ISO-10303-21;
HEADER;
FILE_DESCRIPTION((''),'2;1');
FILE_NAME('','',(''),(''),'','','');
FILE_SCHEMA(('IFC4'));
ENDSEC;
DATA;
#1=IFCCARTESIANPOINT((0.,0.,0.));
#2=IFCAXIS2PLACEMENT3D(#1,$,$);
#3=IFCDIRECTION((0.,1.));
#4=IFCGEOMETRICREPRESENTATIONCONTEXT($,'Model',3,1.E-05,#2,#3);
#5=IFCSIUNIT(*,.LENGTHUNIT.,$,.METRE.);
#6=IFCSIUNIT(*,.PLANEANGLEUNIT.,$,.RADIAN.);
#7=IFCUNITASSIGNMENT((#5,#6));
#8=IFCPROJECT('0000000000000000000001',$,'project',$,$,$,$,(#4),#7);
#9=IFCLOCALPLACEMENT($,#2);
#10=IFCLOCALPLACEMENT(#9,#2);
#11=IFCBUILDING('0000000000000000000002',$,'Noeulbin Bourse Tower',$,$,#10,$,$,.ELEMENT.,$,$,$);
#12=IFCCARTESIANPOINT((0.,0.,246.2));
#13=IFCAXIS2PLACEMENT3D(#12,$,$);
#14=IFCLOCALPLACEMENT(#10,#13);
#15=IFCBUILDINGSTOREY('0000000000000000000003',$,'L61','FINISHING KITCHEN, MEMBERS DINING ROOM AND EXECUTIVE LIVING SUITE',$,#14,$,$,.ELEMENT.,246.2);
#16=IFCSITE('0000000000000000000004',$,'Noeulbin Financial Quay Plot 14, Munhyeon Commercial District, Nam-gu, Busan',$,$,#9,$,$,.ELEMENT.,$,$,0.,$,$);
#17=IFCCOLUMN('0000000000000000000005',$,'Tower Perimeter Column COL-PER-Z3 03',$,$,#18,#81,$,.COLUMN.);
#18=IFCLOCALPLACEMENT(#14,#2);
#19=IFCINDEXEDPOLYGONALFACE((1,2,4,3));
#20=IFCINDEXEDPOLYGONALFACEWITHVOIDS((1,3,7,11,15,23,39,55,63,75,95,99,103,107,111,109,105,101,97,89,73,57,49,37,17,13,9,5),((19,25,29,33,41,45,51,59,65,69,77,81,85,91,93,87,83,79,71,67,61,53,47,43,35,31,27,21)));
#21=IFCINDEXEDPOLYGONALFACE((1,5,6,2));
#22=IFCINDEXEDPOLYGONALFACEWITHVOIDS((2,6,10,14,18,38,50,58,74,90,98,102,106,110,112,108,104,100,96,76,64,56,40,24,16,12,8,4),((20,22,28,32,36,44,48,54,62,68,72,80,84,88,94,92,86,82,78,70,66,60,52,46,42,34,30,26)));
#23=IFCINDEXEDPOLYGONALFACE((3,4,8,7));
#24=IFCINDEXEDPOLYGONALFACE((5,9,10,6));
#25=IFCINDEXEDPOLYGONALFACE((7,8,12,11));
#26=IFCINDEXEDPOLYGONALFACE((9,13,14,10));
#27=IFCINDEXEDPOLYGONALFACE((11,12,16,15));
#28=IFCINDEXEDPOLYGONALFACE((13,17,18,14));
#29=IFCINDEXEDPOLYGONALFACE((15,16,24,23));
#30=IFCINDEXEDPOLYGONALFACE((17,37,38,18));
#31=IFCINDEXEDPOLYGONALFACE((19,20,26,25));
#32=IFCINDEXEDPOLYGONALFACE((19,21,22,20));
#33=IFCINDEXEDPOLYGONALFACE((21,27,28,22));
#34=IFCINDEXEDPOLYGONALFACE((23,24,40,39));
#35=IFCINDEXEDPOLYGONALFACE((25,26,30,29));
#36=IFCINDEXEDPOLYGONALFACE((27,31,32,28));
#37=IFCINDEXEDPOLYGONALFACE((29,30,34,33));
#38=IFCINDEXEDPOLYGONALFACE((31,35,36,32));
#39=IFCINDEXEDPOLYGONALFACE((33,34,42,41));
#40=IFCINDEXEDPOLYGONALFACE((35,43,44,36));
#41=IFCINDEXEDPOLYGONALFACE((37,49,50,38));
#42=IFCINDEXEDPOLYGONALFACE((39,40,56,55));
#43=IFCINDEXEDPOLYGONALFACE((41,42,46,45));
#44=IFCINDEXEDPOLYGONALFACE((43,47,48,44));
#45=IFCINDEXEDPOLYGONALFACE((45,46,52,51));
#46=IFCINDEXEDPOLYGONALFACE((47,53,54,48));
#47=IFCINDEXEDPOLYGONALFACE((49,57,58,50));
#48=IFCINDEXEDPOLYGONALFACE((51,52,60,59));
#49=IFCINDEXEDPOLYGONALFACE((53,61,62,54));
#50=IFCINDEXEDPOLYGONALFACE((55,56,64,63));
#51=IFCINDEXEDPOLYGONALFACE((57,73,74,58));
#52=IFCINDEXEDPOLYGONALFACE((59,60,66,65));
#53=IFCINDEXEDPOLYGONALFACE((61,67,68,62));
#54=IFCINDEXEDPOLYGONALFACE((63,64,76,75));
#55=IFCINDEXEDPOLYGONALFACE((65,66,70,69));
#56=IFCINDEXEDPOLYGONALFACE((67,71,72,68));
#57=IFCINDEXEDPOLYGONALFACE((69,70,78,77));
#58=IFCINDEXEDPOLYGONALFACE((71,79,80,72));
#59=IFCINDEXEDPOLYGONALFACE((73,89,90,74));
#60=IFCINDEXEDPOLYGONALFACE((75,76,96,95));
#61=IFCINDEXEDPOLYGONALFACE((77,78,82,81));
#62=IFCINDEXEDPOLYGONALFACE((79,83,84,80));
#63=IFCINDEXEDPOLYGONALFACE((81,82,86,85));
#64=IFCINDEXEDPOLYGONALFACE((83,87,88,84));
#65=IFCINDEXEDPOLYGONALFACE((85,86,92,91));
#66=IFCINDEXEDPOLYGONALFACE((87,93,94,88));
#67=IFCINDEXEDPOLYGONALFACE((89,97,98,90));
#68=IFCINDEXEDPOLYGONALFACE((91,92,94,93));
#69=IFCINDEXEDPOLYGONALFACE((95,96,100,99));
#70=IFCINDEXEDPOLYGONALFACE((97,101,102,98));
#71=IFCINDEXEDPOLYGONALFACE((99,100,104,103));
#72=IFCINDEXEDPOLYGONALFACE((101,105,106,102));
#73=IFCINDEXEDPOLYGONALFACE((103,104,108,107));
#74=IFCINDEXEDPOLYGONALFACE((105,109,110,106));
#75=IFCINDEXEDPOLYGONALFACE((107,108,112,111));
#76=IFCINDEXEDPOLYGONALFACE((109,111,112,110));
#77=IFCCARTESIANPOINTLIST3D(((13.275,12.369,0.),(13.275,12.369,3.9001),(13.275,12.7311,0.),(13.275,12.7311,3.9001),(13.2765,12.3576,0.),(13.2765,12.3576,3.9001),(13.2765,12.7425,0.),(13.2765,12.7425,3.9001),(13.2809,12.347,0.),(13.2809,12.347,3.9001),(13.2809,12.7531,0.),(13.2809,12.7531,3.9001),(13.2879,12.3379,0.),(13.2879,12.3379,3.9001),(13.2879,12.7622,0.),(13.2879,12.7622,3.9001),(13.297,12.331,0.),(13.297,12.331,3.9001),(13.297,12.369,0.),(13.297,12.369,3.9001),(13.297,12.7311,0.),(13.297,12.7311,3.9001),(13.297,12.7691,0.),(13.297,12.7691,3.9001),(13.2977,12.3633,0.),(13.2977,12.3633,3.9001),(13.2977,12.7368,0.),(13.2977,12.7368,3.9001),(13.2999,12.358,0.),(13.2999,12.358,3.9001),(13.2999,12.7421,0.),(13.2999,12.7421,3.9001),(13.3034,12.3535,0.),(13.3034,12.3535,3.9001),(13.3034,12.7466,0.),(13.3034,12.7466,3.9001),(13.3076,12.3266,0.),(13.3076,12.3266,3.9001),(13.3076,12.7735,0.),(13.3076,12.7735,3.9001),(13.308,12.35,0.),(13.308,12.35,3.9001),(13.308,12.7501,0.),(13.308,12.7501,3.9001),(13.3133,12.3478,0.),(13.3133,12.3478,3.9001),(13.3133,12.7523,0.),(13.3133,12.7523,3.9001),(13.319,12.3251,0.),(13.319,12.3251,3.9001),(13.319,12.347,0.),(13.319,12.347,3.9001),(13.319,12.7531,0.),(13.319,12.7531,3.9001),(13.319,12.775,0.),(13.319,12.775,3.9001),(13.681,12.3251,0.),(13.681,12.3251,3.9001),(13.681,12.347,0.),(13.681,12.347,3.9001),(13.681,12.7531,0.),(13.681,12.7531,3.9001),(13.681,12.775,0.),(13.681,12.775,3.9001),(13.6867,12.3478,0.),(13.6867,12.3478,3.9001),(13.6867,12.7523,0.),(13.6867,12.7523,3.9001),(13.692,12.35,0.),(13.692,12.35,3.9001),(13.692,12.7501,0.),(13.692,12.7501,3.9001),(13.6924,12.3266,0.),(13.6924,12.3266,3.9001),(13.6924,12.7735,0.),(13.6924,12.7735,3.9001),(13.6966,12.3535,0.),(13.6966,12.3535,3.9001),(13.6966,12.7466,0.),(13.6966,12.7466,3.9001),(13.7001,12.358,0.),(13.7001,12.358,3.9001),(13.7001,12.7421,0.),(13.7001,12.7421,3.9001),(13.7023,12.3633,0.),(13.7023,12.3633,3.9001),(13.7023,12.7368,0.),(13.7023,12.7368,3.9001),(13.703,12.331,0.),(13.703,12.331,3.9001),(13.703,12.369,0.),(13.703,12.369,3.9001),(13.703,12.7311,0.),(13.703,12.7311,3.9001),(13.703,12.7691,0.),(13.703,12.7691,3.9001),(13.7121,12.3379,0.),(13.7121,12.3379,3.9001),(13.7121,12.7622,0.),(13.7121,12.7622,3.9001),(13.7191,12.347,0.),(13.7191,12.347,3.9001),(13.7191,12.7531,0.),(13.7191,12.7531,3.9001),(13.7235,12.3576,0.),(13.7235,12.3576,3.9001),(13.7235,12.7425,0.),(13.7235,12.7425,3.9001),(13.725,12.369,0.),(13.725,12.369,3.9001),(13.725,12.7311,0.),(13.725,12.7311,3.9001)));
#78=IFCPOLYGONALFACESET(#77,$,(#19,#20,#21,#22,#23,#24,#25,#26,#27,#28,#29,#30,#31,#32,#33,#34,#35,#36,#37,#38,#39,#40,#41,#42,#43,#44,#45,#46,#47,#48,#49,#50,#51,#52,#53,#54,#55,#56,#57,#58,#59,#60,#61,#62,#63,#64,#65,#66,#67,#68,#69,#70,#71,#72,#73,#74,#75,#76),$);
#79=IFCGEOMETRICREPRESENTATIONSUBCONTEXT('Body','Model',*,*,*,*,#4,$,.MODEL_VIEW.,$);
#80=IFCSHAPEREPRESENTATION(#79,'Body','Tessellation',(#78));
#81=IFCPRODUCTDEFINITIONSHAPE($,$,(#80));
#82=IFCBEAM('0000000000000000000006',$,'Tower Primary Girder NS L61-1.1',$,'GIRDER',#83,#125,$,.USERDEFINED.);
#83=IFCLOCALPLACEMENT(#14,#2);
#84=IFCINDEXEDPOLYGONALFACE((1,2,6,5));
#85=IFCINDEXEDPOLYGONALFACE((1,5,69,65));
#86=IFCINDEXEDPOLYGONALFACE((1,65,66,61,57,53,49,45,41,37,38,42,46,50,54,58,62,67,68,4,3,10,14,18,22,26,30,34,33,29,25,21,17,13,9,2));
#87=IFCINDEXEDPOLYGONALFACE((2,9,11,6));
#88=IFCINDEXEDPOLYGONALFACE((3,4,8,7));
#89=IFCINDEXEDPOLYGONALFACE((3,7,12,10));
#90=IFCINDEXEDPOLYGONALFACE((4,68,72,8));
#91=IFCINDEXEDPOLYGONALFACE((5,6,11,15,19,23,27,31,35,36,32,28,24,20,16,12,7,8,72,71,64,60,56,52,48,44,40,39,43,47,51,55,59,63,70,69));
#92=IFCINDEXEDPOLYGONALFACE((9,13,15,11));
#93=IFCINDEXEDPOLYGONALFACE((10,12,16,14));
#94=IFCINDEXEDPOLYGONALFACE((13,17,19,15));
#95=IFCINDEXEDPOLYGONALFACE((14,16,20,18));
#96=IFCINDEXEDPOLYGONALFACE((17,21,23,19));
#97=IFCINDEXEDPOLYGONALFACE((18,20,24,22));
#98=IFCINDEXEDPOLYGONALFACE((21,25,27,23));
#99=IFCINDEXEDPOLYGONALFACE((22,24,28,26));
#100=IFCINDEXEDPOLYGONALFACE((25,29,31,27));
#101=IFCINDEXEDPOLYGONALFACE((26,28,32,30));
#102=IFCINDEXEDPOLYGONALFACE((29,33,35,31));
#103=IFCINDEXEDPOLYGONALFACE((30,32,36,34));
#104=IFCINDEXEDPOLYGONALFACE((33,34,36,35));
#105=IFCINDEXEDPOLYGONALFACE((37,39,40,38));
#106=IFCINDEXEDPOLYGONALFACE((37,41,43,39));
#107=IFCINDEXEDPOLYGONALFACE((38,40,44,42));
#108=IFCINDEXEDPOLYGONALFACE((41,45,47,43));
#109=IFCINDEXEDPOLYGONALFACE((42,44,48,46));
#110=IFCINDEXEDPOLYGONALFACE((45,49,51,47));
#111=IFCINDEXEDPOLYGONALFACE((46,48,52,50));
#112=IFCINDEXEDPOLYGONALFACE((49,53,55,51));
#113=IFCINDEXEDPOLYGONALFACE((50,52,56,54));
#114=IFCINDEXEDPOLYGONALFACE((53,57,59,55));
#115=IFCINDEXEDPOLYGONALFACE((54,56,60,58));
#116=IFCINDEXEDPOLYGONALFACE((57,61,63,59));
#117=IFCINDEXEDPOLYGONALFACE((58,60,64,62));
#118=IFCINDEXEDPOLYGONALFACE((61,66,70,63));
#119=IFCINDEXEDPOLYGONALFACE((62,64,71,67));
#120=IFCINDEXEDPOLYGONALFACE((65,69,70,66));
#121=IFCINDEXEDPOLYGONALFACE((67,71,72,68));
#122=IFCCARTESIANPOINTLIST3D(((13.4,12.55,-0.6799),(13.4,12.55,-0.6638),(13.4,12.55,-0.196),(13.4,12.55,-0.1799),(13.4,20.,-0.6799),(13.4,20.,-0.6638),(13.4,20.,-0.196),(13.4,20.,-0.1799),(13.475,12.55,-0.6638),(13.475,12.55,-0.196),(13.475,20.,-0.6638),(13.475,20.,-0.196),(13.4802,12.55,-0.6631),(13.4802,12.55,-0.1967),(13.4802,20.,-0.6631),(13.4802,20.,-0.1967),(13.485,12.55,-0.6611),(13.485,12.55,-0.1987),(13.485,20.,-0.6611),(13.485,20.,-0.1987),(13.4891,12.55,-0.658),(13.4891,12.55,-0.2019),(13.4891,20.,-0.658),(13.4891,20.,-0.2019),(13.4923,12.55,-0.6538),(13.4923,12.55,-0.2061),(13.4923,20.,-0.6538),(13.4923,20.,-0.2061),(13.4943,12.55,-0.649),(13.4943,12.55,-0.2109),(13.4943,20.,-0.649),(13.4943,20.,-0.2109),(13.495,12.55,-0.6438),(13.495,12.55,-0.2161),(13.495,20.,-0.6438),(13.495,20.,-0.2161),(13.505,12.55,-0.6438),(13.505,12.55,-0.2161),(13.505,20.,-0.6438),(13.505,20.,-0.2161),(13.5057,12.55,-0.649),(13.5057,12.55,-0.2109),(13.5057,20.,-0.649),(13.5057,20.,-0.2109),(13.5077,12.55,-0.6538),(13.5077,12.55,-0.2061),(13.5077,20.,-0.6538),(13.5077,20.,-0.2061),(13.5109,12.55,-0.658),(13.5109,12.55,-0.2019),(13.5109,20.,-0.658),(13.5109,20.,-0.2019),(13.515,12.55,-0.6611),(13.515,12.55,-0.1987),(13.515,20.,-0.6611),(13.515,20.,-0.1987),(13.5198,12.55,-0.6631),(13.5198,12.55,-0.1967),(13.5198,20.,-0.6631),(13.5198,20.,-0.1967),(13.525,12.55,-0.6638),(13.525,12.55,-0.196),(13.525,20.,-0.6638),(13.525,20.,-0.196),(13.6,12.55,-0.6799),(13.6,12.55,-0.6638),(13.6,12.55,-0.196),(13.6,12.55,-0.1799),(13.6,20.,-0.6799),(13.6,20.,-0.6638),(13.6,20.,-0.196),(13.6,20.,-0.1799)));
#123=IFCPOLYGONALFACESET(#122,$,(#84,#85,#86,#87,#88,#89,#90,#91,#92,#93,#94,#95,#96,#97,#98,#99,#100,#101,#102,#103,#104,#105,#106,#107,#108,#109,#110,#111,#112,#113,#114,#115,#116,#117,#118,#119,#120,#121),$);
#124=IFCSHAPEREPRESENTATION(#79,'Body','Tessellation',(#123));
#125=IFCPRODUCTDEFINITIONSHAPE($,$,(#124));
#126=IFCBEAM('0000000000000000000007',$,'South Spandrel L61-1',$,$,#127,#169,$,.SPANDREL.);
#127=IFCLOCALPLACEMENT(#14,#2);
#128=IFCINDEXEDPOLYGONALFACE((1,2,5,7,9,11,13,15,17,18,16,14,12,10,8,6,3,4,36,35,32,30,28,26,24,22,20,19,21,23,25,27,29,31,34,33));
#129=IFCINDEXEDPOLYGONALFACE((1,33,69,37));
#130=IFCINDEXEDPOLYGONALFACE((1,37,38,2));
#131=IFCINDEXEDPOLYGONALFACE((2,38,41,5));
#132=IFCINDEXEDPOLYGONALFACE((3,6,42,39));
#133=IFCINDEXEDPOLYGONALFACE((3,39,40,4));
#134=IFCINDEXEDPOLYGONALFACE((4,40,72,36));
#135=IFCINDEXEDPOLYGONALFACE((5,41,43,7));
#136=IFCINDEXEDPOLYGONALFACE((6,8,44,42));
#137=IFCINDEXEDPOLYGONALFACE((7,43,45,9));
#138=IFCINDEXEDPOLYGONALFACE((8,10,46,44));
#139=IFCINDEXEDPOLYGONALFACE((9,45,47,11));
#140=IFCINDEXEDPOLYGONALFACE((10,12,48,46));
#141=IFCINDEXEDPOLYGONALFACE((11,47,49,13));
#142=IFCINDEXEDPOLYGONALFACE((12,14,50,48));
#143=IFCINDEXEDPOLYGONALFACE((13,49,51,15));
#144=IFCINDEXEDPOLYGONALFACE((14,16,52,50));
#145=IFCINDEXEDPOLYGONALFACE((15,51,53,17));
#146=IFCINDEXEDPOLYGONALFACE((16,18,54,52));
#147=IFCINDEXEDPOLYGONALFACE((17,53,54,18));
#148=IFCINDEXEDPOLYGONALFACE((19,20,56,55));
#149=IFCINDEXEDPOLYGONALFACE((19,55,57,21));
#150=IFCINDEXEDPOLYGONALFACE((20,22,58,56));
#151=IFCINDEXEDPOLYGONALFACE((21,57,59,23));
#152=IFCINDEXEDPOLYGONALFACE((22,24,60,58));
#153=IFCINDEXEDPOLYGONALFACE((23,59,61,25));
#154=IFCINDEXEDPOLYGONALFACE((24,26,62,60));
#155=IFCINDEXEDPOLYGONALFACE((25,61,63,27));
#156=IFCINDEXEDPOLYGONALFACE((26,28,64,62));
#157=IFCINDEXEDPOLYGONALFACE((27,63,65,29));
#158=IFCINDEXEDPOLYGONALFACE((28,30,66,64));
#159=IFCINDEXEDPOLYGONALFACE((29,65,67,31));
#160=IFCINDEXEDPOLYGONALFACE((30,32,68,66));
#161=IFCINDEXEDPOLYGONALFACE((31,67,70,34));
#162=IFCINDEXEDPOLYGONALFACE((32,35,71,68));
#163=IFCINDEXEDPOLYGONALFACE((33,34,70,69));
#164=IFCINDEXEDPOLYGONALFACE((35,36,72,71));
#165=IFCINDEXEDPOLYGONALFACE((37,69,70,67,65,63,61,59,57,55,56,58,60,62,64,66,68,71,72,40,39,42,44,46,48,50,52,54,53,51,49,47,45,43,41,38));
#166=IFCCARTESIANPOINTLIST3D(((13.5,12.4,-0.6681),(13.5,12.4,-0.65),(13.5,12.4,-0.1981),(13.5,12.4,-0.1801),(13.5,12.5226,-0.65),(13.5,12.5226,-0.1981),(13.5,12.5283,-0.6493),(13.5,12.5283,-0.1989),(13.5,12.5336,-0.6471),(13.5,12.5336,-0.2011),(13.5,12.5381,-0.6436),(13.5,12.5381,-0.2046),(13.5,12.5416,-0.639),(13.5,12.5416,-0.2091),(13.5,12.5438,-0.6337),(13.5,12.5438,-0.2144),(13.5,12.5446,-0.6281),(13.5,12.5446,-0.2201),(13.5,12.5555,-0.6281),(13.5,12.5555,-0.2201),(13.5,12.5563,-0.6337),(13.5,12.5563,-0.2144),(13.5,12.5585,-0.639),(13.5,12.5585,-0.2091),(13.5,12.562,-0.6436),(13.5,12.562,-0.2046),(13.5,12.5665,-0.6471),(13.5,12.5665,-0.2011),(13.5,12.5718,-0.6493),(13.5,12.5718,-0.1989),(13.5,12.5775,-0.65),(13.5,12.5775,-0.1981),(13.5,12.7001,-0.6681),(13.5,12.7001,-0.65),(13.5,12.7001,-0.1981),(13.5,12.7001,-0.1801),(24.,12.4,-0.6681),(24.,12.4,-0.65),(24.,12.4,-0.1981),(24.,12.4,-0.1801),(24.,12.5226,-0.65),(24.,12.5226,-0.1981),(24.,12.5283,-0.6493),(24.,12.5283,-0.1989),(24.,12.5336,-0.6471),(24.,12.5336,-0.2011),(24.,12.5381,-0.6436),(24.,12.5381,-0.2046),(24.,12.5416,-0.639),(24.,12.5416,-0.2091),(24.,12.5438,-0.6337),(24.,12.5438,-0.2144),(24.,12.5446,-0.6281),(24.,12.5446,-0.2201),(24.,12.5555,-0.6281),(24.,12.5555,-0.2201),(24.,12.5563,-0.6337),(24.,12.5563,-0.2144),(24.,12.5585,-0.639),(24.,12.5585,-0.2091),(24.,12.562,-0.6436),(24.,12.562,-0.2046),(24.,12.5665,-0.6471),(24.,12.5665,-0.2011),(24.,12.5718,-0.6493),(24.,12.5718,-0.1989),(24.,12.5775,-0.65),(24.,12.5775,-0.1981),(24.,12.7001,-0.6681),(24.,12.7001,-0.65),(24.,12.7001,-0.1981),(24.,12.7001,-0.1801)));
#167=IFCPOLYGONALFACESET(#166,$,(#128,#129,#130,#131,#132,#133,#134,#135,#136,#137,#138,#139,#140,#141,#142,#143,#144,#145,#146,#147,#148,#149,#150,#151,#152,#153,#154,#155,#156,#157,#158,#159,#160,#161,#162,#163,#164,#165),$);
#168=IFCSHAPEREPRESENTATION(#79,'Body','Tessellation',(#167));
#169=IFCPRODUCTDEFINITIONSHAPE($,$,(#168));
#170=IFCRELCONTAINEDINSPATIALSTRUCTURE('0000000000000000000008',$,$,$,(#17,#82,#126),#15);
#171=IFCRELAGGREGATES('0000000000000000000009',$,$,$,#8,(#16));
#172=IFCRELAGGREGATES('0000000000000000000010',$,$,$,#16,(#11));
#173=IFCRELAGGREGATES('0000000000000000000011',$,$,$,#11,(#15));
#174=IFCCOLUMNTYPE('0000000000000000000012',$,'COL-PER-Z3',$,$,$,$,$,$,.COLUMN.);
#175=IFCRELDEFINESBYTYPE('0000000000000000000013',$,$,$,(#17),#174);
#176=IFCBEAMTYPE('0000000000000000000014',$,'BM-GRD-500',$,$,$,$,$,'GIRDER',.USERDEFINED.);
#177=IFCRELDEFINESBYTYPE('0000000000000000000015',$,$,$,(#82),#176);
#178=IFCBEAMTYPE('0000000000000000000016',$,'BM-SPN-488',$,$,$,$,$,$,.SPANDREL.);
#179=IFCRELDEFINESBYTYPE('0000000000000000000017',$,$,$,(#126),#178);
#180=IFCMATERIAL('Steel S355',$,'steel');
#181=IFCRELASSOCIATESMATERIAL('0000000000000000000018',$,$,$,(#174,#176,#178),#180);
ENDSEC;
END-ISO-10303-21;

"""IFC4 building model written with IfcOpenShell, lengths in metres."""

from ifc_helpers import new_model, si_unit, direction, frame, origin, origin_2d, place, context, subcontext, project, spatial, hollow_rectangle, i_section, extrude, material, material_profile, profile_set, type_object, element, save


model = new_model("IFC4")

# Units and contexts
model_context = context("Model", 3, precision=1e-05, world=origin(), true_north=direction((0.0, 1.0)))
body_context = subcontext(model_context, "Body", "Model", "MODEL_VIEW")
ifc_project = project(units=[si_unit("LENGTHUNIT", "METRE"), si_unit("PLANEANGLEUNIT", "RADIAN")], contexts=[model_context])

# Site, building, storey
site_placement = place(None, origin())
site = spatial("IfcSite", under=ifc_project, at=site_placement, Name="Noeulbin Financial Quay Plot 14, Munhyeon Commercial District, Nam-gu, Busan", CompositionType="ELEMENT", RefElevation=0.0)
building_placement = place(site_placement, origin())
building = spatial("IfcBuilding", under=site, at=building_placement, Name="Noeulbin Bourse Tower", CompositionType="ELEMENT")
storey_placement = place(building_placement, frame((0.0, 0.0, 246.2)))
storey = spatial("IfcBuildingStorey", under=building, at=storey_placement, Name="L61", Description="FINISHING KITCHEN, MEMBERS DINING ROOM AND EXECUTIVE LIVING SUITE", CompositionType="ELEMENT", Elevation=246.2)

# Column
ifc_material_1 = material(Name="Steel S355", Category="steel")
ifc_material_profile_1 = material_profile(ifc_material_1, hollow_rectangle(XDim=0.45, YDim=0.45, WallThickness=0.022, InnerFilletRadius=0.022, OuterFilletRadius=0.0439, at=origin_2d()), Name="SHS-450x450x22", Category="LoadBearing")
ifc_profile_set_1 = profile_set([ifc_material_profile_1], Name="Steel S355")
column_type = type_object("IfcColumnType", Name="COL-PER-Z3", PredefinedType="COLUMN", material=ifc_profile_set_1)
column_placement = place(storey_placement, frame((13.5, 12.55, 0.0), z_axis=(0.0, 0.0, 1.0), x_axis=(1.0, 0.0, 0.0)))
element("IfcColumn", 1, at=column_placement, inside=storey, type_object=column_type, Name="Tower Perimeter Column COL-PER-Z3 03", PredefinedType="COLUMN", context=body_context, shape_type="SweptSolid", body=[
    extrude(hollow_rectangle(XDim=0.45, YDim=0.45, WallThickness=0.022, InnerFilletRadius=0.022, OuterFilletRadius=0.0439, at=origin_2d()), origin(), (0.0, 0.0, 1.0), 3.9001),
])

# Beams
ifc_material_profile_2 = material_profile(ifc_material_1, i_section(OverallWidth=0.2, OverallDepth=0.5, WebThickness=0.01, FlangeThickness=0.0161, FilletRadius=0.02, at=origin_2d()), Name="H-500x200x10x16", Category="LoadBearing")
ifc_profile_set_2 = profile_set([ifc_material_profile_2], Name="Steel S355")
beam_type_1 = type_object("IfcBeamType", Name="BM-GRD-500", ElementType="GIRDER", PredefinedType="USERDEFINED", material=ifc_profile_set_2)
beam_1_placement = place(storey_placement, frame((13.5, 12.55, -0.4299), z_axis=(0.0, 1.0, 0.0), x_axis=(-1.0, 0.0, 0.0)))
element("IfcBeam", 2, at=beam_1_placement, inside=storey, type_object=beam_type_1, Name="Tower Primary Girder NS L61-1.1", ObjectType="GIRDER", PredefinedType="USERDEFINED", context=body_context, shape_type="SweptSolid", body=[
    extrude(i_section(OverallWidth=0.2, OverallDepth=0.5, WebThickness=0.01, FlangeThickness=0.0161, FilletRadius=0.02, at=origin_2d()), origin(), (0.0, 0.0, 1.0), 7.45),
])
ifc_material_profile_3 = material_profile(ifc_material_1, i_section(OverallWidth=0.3, OverallDepth=0.488, WebThickness=0.011, FlangeThickness=0.0181, FilletRadius=0.022, at=origin_2d()), Name="H-488x300x11x18", Category="LoadBearing")
ifc_profile_set_3 = profile_set([ifc_material_profile_3], Name="Steel S355")
beam_type_2 = type_object("IfcBeamType", Name="BM-SPN-488", PredefinedType="SPANDREL", material=ifc_profile_set_3)
beam_2_placement = place(storey_placement, frame((13.5, 12.55, -0.4241), z_axis=(1.0, 0.0, 0.0), x_axis=(0.0, 1.0, 0.0)))
element("IfcBeam", 3, at=beam_2_placement, inside=storey, type_object=beam_type_2, Name="South Spandrel L61-1", PredefinedType="SPANDREL", context=body_context, shape_type="SweptSolid", body=[
    extrude(i_section(OverallWidth=0.3, OverallDepth=0.488, WebThickness=0.011, FlangeThickness=0.0181, FilletRadius=0.022, at=origin_2d()), origin(), (0.0, 0.0, 1.0), 10.5),
])

save(model, "model.ifc")
